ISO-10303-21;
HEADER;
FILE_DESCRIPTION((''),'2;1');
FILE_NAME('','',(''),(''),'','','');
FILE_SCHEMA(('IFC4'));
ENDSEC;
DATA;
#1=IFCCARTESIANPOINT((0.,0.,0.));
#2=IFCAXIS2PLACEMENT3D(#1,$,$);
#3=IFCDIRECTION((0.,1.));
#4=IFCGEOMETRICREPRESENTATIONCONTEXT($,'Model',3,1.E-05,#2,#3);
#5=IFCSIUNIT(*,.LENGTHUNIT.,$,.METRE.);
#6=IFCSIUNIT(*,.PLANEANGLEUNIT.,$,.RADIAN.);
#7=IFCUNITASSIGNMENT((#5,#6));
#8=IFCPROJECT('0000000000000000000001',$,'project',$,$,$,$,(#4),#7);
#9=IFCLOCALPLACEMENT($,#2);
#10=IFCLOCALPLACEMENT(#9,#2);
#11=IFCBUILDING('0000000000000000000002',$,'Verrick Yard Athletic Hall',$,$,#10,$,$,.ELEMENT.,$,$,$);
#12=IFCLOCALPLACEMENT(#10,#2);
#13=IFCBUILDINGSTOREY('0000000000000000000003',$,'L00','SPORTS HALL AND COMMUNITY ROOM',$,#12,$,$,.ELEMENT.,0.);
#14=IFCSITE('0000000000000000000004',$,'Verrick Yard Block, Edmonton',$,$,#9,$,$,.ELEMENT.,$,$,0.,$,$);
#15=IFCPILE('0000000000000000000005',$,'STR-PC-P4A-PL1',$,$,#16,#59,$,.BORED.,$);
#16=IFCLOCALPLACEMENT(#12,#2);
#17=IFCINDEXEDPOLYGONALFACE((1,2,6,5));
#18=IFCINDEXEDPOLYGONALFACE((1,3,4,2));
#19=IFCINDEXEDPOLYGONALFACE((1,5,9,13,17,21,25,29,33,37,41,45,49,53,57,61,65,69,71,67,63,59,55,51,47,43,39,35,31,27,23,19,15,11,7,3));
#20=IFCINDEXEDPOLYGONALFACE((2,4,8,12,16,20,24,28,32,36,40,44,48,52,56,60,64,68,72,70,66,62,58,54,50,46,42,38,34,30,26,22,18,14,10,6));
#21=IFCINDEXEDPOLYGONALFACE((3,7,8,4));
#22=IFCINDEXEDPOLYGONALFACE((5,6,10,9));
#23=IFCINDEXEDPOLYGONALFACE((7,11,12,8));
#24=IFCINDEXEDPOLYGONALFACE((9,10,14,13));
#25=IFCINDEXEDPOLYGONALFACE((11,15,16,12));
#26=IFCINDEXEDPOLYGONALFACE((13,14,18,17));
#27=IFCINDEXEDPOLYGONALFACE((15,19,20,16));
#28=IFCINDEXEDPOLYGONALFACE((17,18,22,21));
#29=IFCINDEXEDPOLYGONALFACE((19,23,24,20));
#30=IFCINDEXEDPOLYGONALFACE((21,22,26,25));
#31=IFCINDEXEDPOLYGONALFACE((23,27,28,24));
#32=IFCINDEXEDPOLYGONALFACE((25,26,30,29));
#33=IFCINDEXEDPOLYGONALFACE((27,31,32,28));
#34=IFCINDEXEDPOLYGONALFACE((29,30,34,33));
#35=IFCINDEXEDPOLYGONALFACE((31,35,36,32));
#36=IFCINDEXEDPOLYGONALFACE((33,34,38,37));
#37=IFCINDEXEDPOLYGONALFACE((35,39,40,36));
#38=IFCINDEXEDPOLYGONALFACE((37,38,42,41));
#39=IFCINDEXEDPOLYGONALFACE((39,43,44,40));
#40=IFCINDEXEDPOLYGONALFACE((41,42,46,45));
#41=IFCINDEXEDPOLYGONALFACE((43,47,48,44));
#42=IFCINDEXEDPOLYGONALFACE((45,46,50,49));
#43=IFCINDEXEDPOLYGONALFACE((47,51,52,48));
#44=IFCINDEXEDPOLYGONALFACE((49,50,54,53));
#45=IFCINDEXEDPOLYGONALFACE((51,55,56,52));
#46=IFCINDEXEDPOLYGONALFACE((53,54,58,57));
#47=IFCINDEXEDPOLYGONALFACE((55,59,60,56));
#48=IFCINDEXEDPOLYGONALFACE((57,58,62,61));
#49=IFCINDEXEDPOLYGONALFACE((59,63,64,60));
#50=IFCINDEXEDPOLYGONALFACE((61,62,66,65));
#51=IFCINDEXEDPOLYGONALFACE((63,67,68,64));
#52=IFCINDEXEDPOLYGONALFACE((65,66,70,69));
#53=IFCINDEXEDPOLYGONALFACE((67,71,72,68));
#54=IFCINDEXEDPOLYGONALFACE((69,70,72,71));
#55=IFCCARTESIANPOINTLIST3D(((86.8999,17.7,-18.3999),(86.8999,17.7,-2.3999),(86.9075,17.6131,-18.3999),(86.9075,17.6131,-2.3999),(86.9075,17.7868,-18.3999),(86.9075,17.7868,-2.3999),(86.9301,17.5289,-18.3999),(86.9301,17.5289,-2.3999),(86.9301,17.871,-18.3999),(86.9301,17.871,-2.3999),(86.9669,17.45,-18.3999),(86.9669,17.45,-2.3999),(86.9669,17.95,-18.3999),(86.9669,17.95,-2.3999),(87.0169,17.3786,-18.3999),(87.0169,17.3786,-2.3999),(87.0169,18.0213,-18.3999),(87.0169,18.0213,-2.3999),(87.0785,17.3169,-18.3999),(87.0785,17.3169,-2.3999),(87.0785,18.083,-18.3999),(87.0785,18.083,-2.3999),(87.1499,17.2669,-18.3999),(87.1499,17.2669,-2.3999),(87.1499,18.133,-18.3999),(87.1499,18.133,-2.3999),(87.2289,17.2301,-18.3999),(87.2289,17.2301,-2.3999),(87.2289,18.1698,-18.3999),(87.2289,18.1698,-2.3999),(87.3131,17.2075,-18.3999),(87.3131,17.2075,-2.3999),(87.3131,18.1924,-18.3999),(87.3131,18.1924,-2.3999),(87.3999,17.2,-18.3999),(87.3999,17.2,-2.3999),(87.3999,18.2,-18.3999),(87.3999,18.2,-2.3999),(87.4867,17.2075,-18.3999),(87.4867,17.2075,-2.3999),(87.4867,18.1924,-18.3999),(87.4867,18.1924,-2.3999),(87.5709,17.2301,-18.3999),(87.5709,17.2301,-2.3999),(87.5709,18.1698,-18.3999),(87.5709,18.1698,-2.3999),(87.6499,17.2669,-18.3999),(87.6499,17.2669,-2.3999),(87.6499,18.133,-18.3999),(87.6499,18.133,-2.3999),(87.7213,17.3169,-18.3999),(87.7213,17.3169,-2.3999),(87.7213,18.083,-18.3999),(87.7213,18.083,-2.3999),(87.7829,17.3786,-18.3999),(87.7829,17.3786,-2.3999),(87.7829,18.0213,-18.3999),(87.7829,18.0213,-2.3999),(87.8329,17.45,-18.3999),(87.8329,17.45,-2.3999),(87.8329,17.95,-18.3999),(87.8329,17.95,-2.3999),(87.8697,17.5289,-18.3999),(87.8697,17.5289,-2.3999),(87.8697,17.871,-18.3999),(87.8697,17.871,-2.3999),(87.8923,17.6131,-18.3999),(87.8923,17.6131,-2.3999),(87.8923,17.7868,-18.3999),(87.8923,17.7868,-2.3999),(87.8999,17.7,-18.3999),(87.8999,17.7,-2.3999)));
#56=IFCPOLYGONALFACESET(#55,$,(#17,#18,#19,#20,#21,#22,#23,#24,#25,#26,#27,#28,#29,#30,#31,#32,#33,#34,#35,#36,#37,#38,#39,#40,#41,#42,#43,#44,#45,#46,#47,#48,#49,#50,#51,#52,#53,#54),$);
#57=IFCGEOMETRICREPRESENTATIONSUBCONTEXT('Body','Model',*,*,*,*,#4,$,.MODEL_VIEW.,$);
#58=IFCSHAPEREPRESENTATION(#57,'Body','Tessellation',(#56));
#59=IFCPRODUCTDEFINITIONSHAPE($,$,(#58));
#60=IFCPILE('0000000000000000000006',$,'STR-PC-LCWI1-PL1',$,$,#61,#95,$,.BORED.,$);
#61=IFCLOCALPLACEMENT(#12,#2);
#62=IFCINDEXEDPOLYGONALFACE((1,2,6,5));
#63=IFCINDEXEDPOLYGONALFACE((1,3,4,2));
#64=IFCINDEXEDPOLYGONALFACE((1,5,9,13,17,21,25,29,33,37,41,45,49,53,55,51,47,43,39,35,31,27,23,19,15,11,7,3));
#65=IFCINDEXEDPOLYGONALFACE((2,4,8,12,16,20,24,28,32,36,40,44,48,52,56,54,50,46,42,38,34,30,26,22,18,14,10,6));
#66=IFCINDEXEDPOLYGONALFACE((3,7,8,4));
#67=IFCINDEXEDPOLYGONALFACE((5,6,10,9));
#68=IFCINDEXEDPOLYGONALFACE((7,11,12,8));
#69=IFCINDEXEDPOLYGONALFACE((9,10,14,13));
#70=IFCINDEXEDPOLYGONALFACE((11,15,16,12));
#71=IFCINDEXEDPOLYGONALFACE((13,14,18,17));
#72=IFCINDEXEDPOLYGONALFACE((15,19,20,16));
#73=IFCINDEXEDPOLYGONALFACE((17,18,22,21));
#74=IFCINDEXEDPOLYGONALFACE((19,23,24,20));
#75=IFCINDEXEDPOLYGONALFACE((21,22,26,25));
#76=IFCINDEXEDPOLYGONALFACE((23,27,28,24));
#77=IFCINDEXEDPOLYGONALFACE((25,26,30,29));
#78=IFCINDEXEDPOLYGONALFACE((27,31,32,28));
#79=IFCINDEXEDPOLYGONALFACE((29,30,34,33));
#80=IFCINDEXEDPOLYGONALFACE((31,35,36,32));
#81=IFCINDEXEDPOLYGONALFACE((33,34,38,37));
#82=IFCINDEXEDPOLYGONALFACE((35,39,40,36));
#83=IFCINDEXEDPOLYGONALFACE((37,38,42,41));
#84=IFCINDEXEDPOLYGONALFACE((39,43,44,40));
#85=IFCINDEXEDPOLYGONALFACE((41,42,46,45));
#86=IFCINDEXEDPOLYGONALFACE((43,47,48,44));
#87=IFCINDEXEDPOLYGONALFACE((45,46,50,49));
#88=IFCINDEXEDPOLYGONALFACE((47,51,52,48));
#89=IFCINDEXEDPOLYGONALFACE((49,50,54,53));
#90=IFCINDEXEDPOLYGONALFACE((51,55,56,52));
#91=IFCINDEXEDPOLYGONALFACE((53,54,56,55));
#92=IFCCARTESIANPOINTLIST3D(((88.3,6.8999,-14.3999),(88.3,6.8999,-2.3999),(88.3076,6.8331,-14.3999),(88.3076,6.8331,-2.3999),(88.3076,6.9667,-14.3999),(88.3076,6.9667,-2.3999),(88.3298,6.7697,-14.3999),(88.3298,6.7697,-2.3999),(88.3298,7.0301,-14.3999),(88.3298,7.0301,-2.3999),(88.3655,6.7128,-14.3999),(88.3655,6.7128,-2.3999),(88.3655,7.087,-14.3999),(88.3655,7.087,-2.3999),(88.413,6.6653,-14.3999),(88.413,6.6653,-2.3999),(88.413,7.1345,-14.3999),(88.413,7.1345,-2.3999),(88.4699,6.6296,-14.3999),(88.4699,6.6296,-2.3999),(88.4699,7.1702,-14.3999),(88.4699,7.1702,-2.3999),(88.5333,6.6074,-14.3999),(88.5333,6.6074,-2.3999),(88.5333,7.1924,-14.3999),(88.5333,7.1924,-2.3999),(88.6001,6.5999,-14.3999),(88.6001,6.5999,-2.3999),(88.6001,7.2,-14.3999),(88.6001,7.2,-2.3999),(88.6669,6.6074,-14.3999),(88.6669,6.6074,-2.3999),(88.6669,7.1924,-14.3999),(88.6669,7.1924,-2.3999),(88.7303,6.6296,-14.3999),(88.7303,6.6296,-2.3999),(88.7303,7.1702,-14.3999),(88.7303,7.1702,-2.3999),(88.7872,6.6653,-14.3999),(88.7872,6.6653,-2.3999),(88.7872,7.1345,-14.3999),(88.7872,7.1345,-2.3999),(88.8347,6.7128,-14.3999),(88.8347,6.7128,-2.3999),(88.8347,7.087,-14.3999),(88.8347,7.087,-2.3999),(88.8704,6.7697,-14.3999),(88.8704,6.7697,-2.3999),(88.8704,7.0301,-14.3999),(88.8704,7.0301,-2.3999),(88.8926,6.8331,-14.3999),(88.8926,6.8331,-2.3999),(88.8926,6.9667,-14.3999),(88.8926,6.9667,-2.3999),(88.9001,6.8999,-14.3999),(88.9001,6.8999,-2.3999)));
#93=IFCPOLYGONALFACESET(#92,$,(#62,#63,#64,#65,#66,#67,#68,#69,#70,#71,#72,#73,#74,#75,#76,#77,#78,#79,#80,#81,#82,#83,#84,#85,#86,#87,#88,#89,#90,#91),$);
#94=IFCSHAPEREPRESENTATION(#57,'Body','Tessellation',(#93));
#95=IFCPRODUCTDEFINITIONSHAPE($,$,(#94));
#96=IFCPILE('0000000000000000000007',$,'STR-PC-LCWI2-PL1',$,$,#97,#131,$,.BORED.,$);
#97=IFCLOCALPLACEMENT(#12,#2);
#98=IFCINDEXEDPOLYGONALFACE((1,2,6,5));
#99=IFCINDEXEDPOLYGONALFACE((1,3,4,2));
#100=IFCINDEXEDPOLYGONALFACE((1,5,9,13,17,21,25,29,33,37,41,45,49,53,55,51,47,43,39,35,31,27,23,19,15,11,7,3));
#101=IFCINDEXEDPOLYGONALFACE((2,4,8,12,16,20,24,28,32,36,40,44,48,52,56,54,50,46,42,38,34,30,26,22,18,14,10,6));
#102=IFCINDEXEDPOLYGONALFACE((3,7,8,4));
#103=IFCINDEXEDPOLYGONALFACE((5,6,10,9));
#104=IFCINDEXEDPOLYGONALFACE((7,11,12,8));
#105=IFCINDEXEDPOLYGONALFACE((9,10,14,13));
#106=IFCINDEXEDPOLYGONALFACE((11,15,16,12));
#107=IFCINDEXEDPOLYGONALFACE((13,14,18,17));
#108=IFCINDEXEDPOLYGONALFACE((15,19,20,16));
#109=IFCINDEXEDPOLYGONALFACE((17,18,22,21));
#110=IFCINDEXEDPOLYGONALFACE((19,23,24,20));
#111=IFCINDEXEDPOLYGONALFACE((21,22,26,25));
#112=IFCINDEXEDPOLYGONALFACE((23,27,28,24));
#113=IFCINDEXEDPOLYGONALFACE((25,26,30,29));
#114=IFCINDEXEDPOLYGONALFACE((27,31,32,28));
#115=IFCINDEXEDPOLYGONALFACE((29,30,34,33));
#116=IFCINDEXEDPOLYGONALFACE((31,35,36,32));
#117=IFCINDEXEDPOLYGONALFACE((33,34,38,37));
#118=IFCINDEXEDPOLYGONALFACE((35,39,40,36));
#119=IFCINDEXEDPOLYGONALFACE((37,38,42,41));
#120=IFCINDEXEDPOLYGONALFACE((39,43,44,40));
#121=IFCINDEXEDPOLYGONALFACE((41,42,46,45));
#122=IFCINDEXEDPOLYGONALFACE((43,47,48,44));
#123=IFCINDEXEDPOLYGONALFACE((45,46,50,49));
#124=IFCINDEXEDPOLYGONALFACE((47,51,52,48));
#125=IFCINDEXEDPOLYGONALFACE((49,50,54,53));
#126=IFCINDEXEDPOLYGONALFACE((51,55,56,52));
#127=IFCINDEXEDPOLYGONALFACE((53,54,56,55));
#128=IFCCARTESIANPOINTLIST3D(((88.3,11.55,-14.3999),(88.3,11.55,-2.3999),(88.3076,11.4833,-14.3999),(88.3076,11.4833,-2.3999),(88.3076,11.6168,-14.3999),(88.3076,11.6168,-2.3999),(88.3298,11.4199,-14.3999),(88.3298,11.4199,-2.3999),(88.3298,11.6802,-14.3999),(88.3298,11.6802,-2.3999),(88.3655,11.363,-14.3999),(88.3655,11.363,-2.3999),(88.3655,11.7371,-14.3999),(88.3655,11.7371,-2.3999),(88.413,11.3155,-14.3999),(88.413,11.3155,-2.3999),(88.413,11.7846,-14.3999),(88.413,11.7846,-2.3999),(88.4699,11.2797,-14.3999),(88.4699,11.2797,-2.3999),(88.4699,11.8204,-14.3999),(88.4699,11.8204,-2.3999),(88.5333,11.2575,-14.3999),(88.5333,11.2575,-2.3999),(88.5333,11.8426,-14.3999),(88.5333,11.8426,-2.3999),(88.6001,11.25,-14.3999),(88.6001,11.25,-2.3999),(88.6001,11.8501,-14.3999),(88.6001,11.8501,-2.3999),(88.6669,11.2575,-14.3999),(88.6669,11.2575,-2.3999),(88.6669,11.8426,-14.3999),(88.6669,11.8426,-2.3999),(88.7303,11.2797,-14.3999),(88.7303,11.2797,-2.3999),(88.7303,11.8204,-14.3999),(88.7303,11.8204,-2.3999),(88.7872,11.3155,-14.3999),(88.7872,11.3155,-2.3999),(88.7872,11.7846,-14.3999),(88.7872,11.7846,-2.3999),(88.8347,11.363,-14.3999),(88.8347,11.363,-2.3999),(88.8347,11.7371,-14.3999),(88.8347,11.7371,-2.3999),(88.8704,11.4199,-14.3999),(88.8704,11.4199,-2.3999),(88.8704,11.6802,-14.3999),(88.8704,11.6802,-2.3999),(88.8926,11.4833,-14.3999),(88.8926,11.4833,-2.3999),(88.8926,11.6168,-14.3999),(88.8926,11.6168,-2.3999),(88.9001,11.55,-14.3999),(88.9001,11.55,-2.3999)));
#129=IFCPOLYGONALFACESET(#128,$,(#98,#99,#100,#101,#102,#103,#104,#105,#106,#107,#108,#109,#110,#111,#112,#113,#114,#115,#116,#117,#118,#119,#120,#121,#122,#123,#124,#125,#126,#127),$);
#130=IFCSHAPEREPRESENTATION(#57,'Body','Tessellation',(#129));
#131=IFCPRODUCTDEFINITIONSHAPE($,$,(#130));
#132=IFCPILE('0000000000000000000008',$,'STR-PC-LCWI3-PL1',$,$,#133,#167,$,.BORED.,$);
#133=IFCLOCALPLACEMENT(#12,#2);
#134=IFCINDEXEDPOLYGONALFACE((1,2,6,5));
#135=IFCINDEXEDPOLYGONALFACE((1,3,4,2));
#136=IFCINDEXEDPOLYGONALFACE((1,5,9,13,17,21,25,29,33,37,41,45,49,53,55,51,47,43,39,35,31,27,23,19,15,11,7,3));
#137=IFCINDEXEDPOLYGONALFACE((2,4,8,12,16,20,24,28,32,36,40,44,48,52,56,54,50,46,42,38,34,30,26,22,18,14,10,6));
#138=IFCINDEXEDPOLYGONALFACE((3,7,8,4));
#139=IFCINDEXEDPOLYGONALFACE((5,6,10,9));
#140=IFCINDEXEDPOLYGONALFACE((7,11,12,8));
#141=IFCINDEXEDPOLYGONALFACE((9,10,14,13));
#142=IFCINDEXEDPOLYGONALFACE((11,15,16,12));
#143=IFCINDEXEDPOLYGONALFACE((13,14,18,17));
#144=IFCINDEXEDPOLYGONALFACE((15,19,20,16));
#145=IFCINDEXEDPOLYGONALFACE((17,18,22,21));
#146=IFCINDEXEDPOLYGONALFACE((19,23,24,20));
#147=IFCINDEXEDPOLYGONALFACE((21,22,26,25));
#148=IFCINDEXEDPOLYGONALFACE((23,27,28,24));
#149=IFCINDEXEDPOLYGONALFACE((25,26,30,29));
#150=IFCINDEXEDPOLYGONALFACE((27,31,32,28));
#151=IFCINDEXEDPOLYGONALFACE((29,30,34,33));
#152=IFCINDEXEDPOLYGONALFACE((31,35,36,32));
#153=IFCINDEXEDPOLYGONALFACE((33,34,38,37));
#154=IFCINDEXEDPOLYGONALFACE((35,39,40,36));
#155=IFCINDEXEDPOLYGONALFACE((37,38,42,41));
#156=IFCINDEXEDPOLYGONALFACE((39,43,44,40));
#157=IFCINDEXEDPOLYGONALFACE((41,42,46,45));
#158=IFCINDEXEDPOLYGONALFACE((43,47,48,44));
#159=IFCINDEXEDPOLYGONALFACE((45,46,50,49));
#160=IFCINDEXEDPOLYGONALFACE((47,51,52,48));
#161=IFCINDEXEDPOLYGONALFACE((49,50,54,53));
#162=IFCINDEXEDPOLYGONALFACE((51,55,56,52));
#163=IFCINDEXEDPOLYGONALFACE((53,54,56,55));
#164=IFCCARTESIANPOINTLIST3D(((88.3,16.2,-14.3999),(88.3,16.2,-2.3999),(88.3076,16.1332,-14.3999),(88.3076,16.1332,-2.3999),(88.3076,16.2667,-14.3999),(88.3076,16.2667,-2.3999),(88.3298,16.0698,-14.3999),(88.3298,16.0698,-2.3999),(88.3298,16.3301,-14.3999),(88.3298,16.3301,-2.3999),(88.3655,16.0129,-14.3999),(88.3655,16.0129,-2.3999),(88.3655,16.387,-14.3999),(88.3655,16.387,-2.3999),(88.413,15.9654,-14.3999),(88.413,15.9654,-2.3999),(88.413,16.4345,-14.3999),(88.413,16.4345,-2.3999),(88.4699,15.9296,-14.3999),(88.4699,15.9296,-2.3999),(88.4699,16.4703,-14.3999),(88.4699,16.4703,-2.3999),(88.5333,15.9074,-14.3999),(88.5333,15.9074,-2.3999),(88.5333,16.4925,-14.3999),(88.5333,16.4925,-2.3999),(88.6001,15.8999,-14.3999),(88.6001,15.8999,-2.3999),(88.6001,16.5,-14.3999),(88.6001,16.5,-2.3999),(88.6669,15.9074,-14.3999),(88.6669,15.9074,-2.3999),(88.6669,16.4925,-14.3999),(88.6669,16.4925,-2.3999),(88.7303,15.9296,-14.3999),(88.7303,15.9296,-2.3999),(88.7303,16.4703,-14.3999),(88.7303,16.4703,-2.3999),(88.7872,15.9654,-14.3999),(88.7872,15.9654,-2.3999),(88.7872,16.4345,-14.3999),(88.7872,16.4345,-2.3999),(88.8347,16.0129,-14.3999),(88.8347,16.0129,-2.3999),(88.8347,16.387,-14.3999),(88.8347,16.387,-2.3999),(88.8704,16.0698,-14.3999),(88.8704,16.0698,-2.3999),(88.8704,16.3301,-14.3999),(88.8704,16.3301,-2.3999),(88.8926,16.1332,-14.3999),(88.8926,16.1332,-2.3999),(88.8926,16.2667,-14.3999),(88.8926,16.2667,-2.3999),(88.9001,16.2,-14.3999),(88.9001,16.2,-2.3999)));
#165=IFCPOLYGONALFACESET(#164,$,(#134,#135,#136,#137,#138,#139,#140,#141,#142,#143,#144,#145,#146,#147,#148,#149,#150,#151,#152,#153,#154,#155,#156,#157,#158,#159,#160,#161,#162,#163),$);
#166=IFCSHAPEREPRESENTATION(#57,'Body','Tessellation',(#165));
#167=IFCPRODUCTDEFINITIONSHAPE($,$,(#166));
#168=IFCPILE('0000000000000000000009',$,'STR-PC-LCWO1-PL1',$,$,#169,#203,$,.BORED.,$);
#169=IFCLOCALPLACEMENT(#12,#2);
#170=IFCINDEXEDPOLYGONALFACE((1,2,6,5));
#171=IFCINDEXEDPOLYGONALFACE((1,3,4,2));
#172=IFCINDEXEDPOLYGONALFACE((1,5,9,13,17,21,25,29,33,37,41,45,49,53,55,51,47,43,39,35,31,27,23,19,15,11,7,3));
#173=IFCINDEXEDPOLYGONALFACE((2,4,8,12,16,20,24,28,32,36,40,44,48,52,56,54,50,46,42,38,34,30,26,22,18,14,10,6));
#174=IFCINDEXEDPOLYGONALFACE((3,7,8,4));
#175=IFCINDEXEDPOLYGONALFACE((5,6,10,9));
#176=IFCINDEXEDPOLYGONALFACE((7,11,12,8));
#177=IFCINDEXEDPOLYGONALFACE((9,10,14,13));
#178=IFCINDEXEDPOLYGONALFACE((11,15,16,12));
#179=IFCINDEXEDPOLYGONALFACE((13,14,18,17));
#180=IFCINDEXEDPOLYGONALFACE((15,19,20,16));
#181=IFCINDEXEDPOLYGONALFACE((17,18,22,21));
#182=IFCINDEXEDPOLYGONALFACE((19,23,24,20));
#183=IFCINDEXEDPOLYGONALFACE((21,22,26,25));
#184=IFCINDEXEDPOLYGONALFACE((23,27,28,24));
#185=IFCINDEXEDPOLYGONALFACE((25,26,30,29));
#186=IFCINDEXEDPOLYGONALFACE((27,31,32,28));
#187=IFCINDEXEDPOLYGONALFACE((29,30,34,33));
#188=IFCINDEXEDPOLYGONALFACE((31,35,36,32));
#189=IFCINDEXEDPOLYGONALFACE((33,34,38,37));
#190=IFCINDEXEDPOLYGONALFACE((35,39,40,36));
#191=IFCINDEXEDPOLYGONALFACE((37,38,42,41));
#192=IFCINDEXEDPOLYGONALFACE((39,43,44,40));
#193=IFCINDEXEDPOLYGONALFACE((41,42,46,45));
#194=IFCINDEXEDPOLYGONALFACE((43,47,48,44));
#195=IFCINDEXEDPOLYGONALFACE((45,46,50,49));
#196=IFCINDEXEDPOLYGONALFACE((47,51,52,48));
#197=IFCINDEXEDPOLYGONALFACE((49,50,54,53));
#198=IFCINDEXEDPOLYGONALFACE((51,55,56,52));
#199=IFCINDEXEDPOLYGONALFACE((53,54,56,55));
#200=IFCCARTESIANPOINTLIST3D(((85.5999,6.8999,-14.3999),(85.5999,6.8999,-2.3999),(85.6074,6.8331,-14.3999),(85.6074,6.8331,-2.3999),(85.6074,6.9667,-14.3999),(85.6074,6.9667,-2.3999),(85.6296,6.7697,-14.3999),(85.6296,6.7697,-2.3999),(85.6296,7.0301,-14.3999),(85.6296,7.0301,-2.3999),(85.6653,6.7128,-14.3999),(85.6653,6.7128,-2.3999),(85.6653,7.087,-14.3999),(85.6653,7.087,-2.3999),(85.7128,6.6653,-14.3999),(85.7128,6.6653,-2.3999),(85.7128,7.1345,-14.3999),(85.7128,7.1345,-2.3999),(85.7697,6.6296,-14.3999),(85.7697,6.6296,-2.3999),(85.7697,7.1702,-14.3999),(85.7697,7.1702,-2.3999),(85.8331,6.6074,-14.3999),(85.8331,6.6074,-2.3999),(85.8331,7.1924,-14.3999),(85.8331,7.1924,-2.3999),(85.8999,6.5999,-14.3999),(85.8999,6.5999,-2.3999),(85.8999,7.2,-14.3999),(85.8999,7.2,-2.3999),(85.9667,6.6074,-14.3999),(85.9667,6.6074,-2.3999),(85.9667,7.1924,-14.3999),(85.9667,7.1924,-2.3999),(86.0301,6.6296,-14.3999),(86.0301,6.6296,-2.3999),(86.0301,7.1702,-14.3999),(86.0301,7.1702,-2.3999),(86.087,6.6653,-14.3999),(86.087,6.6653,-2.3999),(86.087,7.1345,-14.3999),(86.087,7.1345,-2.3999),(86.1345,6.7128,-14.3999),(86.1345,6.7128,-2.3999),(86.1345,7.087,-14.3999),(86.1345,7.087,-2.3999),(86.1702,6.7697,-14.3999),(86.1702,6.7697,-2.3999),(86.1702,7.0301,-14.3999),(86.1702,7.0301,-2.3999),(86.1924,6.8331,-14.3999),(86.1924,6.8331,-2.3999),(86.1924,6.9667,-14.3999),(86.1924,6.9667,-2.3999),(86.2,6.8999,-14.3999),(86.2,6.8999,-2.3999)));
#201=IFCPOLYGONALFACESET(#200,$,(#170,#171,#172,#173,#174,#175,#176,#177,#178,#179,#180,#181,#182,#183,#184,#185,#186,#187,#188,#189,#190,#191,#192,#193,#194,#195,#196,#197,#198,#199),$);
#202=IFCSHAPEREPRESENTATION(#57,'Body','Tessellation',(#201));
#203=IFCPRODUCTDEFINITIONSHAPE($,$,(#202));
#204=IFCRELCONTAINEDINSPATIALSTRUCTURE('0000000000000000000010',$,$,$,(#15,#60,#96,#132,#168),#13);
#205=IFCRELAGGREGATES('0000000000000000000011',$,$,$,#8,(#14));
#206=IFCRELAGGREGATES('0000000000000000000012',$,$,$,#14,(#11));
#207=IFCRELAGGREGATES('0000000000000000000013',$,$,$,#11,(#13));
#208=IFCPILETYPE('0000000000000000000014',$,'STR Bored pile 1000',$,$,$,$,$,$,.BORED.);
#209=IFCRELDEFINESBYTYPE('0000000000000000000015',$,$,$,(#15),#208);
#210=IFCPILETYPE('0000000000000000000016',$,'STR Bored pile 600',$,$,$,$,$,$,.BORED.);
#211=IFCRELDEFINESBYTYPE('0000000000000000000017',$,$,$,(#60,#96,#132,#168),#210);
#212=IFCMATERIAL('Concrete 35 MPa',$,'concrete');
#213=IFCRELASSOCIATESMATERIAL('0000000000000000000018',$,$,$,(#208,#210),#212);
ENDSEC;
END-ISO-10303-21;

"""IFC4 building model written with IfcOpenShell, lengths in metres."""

from ifc_helpers import new_model, si_unit, direction, frame, origin, origin_2d, place, context, subcontext, project, spatial, circle, extrude, material, type_object, element, save


model = new_model("IFC4")

# Units and contexts
model_context = context("Model", 3, precision=1e-05, world=origin(), true_north=direction((0.0, 1.0)))
body_context = subcontext(model_context, "Body", "Model", "MODEL_VIEW")
ifc_project = project(units=[si_unit("LENGTHUNIT", "METRE"), si_unit("PLANEANGLEUNIT", "RADIAN")], contexts=[model_context])

# Site, building, storey
site_placement = place(None, origin())
site = spatial("IfcSite", under=ifc_project, at=site_placement, Name="Verrick Yard Block, Edmonton", CompositionType="ELEMENT", RefElevation=0.0)
building_placement = place(site_placement, origin())
building = spatial("IfcBuilding", under=site, at=building_placement, Name="Verrick Yard Athletic Hall", CompositionType="ELEMENT")
storey_placement = place(building_placement, origin())
storey = spatial("IfcBuildingStorey", under=building, at=storey_placement, Name="L00", Description="SPORTS HALL AND COMMUNITY ROOM", CompositionType="ELEMENT", Elevation=0.0)

# Piles
ifc_material_1 = material(Name="Concrete 35 MPa", Category="concrete")
pile_type_1 = type_object("IfcPileType", Name="STR Bored pile 1000", PredefinedType="BORED", material=ifc_material_1)
pile_placement = place(storey_placement, frame((87.3999, 17.7, -2.3999), z_axis=(0.0, 0.0, -1.0), x_axis=(1.0, 0.0, 0.0)))
element("IfcPile", 1, at=pile_placement, inside=storey, type_object=pile_type_1, Name="STR-PC-P4A-PL1", PredefinedType="BORED", context=body_context, shape_type="SweptSolid", body=[
    extrude(circle(Radius=0.5, at=origin_2d()), origin(), (0.0, 0.0, 1.0), 16.0),
])
pile_type_2 = type_object("IfcPileType", Name="STR Bored pile 600", PredefinedType="BORED", material=ifc_material_1)
for number, where, z_axis, x_axis, name in (
    (2, (88.6001, 6.8999, -2.3999), (0.0, 0.0, -1.0), (1.0, 0.0, 0.0), "STR-PC-LCWI1-PL1"),
    (3, (88.6001, 11.55, -2.3999), (0.0, 0.0, -1.0), (1.0, 0.0, 0.0), "STR-PC-LCWI2-PL1"),
    (4, (88.6001, 16.2, -2.3999), (0.0, 0.0, -1.0), (1.0, 0.0, 0.0), "STR-PC-LCWI3-PL1"),
    (5, (85.8999, 6.8999, -2.3999), (0.0, 0.0, -1.0), (1.0, 0.0, 0.0), "STR-PC-LCWO1-PL1"),
):
    element("IfcPile", number, at=place(storey_placement, frame(where, z_axis=z_axis, x_axis=x_axis)), inside=storey, type_object=pile_type_2, Name=name, PredefinedType="BORED", context=body_context, shape_type="SweptSolid", body=[
        extrude(circle(Radius=0.3, at=origin_2d()), origin(), (0.0, 0.0, 1.0), 12.0),
    ])

save(model, "model.ifc")
